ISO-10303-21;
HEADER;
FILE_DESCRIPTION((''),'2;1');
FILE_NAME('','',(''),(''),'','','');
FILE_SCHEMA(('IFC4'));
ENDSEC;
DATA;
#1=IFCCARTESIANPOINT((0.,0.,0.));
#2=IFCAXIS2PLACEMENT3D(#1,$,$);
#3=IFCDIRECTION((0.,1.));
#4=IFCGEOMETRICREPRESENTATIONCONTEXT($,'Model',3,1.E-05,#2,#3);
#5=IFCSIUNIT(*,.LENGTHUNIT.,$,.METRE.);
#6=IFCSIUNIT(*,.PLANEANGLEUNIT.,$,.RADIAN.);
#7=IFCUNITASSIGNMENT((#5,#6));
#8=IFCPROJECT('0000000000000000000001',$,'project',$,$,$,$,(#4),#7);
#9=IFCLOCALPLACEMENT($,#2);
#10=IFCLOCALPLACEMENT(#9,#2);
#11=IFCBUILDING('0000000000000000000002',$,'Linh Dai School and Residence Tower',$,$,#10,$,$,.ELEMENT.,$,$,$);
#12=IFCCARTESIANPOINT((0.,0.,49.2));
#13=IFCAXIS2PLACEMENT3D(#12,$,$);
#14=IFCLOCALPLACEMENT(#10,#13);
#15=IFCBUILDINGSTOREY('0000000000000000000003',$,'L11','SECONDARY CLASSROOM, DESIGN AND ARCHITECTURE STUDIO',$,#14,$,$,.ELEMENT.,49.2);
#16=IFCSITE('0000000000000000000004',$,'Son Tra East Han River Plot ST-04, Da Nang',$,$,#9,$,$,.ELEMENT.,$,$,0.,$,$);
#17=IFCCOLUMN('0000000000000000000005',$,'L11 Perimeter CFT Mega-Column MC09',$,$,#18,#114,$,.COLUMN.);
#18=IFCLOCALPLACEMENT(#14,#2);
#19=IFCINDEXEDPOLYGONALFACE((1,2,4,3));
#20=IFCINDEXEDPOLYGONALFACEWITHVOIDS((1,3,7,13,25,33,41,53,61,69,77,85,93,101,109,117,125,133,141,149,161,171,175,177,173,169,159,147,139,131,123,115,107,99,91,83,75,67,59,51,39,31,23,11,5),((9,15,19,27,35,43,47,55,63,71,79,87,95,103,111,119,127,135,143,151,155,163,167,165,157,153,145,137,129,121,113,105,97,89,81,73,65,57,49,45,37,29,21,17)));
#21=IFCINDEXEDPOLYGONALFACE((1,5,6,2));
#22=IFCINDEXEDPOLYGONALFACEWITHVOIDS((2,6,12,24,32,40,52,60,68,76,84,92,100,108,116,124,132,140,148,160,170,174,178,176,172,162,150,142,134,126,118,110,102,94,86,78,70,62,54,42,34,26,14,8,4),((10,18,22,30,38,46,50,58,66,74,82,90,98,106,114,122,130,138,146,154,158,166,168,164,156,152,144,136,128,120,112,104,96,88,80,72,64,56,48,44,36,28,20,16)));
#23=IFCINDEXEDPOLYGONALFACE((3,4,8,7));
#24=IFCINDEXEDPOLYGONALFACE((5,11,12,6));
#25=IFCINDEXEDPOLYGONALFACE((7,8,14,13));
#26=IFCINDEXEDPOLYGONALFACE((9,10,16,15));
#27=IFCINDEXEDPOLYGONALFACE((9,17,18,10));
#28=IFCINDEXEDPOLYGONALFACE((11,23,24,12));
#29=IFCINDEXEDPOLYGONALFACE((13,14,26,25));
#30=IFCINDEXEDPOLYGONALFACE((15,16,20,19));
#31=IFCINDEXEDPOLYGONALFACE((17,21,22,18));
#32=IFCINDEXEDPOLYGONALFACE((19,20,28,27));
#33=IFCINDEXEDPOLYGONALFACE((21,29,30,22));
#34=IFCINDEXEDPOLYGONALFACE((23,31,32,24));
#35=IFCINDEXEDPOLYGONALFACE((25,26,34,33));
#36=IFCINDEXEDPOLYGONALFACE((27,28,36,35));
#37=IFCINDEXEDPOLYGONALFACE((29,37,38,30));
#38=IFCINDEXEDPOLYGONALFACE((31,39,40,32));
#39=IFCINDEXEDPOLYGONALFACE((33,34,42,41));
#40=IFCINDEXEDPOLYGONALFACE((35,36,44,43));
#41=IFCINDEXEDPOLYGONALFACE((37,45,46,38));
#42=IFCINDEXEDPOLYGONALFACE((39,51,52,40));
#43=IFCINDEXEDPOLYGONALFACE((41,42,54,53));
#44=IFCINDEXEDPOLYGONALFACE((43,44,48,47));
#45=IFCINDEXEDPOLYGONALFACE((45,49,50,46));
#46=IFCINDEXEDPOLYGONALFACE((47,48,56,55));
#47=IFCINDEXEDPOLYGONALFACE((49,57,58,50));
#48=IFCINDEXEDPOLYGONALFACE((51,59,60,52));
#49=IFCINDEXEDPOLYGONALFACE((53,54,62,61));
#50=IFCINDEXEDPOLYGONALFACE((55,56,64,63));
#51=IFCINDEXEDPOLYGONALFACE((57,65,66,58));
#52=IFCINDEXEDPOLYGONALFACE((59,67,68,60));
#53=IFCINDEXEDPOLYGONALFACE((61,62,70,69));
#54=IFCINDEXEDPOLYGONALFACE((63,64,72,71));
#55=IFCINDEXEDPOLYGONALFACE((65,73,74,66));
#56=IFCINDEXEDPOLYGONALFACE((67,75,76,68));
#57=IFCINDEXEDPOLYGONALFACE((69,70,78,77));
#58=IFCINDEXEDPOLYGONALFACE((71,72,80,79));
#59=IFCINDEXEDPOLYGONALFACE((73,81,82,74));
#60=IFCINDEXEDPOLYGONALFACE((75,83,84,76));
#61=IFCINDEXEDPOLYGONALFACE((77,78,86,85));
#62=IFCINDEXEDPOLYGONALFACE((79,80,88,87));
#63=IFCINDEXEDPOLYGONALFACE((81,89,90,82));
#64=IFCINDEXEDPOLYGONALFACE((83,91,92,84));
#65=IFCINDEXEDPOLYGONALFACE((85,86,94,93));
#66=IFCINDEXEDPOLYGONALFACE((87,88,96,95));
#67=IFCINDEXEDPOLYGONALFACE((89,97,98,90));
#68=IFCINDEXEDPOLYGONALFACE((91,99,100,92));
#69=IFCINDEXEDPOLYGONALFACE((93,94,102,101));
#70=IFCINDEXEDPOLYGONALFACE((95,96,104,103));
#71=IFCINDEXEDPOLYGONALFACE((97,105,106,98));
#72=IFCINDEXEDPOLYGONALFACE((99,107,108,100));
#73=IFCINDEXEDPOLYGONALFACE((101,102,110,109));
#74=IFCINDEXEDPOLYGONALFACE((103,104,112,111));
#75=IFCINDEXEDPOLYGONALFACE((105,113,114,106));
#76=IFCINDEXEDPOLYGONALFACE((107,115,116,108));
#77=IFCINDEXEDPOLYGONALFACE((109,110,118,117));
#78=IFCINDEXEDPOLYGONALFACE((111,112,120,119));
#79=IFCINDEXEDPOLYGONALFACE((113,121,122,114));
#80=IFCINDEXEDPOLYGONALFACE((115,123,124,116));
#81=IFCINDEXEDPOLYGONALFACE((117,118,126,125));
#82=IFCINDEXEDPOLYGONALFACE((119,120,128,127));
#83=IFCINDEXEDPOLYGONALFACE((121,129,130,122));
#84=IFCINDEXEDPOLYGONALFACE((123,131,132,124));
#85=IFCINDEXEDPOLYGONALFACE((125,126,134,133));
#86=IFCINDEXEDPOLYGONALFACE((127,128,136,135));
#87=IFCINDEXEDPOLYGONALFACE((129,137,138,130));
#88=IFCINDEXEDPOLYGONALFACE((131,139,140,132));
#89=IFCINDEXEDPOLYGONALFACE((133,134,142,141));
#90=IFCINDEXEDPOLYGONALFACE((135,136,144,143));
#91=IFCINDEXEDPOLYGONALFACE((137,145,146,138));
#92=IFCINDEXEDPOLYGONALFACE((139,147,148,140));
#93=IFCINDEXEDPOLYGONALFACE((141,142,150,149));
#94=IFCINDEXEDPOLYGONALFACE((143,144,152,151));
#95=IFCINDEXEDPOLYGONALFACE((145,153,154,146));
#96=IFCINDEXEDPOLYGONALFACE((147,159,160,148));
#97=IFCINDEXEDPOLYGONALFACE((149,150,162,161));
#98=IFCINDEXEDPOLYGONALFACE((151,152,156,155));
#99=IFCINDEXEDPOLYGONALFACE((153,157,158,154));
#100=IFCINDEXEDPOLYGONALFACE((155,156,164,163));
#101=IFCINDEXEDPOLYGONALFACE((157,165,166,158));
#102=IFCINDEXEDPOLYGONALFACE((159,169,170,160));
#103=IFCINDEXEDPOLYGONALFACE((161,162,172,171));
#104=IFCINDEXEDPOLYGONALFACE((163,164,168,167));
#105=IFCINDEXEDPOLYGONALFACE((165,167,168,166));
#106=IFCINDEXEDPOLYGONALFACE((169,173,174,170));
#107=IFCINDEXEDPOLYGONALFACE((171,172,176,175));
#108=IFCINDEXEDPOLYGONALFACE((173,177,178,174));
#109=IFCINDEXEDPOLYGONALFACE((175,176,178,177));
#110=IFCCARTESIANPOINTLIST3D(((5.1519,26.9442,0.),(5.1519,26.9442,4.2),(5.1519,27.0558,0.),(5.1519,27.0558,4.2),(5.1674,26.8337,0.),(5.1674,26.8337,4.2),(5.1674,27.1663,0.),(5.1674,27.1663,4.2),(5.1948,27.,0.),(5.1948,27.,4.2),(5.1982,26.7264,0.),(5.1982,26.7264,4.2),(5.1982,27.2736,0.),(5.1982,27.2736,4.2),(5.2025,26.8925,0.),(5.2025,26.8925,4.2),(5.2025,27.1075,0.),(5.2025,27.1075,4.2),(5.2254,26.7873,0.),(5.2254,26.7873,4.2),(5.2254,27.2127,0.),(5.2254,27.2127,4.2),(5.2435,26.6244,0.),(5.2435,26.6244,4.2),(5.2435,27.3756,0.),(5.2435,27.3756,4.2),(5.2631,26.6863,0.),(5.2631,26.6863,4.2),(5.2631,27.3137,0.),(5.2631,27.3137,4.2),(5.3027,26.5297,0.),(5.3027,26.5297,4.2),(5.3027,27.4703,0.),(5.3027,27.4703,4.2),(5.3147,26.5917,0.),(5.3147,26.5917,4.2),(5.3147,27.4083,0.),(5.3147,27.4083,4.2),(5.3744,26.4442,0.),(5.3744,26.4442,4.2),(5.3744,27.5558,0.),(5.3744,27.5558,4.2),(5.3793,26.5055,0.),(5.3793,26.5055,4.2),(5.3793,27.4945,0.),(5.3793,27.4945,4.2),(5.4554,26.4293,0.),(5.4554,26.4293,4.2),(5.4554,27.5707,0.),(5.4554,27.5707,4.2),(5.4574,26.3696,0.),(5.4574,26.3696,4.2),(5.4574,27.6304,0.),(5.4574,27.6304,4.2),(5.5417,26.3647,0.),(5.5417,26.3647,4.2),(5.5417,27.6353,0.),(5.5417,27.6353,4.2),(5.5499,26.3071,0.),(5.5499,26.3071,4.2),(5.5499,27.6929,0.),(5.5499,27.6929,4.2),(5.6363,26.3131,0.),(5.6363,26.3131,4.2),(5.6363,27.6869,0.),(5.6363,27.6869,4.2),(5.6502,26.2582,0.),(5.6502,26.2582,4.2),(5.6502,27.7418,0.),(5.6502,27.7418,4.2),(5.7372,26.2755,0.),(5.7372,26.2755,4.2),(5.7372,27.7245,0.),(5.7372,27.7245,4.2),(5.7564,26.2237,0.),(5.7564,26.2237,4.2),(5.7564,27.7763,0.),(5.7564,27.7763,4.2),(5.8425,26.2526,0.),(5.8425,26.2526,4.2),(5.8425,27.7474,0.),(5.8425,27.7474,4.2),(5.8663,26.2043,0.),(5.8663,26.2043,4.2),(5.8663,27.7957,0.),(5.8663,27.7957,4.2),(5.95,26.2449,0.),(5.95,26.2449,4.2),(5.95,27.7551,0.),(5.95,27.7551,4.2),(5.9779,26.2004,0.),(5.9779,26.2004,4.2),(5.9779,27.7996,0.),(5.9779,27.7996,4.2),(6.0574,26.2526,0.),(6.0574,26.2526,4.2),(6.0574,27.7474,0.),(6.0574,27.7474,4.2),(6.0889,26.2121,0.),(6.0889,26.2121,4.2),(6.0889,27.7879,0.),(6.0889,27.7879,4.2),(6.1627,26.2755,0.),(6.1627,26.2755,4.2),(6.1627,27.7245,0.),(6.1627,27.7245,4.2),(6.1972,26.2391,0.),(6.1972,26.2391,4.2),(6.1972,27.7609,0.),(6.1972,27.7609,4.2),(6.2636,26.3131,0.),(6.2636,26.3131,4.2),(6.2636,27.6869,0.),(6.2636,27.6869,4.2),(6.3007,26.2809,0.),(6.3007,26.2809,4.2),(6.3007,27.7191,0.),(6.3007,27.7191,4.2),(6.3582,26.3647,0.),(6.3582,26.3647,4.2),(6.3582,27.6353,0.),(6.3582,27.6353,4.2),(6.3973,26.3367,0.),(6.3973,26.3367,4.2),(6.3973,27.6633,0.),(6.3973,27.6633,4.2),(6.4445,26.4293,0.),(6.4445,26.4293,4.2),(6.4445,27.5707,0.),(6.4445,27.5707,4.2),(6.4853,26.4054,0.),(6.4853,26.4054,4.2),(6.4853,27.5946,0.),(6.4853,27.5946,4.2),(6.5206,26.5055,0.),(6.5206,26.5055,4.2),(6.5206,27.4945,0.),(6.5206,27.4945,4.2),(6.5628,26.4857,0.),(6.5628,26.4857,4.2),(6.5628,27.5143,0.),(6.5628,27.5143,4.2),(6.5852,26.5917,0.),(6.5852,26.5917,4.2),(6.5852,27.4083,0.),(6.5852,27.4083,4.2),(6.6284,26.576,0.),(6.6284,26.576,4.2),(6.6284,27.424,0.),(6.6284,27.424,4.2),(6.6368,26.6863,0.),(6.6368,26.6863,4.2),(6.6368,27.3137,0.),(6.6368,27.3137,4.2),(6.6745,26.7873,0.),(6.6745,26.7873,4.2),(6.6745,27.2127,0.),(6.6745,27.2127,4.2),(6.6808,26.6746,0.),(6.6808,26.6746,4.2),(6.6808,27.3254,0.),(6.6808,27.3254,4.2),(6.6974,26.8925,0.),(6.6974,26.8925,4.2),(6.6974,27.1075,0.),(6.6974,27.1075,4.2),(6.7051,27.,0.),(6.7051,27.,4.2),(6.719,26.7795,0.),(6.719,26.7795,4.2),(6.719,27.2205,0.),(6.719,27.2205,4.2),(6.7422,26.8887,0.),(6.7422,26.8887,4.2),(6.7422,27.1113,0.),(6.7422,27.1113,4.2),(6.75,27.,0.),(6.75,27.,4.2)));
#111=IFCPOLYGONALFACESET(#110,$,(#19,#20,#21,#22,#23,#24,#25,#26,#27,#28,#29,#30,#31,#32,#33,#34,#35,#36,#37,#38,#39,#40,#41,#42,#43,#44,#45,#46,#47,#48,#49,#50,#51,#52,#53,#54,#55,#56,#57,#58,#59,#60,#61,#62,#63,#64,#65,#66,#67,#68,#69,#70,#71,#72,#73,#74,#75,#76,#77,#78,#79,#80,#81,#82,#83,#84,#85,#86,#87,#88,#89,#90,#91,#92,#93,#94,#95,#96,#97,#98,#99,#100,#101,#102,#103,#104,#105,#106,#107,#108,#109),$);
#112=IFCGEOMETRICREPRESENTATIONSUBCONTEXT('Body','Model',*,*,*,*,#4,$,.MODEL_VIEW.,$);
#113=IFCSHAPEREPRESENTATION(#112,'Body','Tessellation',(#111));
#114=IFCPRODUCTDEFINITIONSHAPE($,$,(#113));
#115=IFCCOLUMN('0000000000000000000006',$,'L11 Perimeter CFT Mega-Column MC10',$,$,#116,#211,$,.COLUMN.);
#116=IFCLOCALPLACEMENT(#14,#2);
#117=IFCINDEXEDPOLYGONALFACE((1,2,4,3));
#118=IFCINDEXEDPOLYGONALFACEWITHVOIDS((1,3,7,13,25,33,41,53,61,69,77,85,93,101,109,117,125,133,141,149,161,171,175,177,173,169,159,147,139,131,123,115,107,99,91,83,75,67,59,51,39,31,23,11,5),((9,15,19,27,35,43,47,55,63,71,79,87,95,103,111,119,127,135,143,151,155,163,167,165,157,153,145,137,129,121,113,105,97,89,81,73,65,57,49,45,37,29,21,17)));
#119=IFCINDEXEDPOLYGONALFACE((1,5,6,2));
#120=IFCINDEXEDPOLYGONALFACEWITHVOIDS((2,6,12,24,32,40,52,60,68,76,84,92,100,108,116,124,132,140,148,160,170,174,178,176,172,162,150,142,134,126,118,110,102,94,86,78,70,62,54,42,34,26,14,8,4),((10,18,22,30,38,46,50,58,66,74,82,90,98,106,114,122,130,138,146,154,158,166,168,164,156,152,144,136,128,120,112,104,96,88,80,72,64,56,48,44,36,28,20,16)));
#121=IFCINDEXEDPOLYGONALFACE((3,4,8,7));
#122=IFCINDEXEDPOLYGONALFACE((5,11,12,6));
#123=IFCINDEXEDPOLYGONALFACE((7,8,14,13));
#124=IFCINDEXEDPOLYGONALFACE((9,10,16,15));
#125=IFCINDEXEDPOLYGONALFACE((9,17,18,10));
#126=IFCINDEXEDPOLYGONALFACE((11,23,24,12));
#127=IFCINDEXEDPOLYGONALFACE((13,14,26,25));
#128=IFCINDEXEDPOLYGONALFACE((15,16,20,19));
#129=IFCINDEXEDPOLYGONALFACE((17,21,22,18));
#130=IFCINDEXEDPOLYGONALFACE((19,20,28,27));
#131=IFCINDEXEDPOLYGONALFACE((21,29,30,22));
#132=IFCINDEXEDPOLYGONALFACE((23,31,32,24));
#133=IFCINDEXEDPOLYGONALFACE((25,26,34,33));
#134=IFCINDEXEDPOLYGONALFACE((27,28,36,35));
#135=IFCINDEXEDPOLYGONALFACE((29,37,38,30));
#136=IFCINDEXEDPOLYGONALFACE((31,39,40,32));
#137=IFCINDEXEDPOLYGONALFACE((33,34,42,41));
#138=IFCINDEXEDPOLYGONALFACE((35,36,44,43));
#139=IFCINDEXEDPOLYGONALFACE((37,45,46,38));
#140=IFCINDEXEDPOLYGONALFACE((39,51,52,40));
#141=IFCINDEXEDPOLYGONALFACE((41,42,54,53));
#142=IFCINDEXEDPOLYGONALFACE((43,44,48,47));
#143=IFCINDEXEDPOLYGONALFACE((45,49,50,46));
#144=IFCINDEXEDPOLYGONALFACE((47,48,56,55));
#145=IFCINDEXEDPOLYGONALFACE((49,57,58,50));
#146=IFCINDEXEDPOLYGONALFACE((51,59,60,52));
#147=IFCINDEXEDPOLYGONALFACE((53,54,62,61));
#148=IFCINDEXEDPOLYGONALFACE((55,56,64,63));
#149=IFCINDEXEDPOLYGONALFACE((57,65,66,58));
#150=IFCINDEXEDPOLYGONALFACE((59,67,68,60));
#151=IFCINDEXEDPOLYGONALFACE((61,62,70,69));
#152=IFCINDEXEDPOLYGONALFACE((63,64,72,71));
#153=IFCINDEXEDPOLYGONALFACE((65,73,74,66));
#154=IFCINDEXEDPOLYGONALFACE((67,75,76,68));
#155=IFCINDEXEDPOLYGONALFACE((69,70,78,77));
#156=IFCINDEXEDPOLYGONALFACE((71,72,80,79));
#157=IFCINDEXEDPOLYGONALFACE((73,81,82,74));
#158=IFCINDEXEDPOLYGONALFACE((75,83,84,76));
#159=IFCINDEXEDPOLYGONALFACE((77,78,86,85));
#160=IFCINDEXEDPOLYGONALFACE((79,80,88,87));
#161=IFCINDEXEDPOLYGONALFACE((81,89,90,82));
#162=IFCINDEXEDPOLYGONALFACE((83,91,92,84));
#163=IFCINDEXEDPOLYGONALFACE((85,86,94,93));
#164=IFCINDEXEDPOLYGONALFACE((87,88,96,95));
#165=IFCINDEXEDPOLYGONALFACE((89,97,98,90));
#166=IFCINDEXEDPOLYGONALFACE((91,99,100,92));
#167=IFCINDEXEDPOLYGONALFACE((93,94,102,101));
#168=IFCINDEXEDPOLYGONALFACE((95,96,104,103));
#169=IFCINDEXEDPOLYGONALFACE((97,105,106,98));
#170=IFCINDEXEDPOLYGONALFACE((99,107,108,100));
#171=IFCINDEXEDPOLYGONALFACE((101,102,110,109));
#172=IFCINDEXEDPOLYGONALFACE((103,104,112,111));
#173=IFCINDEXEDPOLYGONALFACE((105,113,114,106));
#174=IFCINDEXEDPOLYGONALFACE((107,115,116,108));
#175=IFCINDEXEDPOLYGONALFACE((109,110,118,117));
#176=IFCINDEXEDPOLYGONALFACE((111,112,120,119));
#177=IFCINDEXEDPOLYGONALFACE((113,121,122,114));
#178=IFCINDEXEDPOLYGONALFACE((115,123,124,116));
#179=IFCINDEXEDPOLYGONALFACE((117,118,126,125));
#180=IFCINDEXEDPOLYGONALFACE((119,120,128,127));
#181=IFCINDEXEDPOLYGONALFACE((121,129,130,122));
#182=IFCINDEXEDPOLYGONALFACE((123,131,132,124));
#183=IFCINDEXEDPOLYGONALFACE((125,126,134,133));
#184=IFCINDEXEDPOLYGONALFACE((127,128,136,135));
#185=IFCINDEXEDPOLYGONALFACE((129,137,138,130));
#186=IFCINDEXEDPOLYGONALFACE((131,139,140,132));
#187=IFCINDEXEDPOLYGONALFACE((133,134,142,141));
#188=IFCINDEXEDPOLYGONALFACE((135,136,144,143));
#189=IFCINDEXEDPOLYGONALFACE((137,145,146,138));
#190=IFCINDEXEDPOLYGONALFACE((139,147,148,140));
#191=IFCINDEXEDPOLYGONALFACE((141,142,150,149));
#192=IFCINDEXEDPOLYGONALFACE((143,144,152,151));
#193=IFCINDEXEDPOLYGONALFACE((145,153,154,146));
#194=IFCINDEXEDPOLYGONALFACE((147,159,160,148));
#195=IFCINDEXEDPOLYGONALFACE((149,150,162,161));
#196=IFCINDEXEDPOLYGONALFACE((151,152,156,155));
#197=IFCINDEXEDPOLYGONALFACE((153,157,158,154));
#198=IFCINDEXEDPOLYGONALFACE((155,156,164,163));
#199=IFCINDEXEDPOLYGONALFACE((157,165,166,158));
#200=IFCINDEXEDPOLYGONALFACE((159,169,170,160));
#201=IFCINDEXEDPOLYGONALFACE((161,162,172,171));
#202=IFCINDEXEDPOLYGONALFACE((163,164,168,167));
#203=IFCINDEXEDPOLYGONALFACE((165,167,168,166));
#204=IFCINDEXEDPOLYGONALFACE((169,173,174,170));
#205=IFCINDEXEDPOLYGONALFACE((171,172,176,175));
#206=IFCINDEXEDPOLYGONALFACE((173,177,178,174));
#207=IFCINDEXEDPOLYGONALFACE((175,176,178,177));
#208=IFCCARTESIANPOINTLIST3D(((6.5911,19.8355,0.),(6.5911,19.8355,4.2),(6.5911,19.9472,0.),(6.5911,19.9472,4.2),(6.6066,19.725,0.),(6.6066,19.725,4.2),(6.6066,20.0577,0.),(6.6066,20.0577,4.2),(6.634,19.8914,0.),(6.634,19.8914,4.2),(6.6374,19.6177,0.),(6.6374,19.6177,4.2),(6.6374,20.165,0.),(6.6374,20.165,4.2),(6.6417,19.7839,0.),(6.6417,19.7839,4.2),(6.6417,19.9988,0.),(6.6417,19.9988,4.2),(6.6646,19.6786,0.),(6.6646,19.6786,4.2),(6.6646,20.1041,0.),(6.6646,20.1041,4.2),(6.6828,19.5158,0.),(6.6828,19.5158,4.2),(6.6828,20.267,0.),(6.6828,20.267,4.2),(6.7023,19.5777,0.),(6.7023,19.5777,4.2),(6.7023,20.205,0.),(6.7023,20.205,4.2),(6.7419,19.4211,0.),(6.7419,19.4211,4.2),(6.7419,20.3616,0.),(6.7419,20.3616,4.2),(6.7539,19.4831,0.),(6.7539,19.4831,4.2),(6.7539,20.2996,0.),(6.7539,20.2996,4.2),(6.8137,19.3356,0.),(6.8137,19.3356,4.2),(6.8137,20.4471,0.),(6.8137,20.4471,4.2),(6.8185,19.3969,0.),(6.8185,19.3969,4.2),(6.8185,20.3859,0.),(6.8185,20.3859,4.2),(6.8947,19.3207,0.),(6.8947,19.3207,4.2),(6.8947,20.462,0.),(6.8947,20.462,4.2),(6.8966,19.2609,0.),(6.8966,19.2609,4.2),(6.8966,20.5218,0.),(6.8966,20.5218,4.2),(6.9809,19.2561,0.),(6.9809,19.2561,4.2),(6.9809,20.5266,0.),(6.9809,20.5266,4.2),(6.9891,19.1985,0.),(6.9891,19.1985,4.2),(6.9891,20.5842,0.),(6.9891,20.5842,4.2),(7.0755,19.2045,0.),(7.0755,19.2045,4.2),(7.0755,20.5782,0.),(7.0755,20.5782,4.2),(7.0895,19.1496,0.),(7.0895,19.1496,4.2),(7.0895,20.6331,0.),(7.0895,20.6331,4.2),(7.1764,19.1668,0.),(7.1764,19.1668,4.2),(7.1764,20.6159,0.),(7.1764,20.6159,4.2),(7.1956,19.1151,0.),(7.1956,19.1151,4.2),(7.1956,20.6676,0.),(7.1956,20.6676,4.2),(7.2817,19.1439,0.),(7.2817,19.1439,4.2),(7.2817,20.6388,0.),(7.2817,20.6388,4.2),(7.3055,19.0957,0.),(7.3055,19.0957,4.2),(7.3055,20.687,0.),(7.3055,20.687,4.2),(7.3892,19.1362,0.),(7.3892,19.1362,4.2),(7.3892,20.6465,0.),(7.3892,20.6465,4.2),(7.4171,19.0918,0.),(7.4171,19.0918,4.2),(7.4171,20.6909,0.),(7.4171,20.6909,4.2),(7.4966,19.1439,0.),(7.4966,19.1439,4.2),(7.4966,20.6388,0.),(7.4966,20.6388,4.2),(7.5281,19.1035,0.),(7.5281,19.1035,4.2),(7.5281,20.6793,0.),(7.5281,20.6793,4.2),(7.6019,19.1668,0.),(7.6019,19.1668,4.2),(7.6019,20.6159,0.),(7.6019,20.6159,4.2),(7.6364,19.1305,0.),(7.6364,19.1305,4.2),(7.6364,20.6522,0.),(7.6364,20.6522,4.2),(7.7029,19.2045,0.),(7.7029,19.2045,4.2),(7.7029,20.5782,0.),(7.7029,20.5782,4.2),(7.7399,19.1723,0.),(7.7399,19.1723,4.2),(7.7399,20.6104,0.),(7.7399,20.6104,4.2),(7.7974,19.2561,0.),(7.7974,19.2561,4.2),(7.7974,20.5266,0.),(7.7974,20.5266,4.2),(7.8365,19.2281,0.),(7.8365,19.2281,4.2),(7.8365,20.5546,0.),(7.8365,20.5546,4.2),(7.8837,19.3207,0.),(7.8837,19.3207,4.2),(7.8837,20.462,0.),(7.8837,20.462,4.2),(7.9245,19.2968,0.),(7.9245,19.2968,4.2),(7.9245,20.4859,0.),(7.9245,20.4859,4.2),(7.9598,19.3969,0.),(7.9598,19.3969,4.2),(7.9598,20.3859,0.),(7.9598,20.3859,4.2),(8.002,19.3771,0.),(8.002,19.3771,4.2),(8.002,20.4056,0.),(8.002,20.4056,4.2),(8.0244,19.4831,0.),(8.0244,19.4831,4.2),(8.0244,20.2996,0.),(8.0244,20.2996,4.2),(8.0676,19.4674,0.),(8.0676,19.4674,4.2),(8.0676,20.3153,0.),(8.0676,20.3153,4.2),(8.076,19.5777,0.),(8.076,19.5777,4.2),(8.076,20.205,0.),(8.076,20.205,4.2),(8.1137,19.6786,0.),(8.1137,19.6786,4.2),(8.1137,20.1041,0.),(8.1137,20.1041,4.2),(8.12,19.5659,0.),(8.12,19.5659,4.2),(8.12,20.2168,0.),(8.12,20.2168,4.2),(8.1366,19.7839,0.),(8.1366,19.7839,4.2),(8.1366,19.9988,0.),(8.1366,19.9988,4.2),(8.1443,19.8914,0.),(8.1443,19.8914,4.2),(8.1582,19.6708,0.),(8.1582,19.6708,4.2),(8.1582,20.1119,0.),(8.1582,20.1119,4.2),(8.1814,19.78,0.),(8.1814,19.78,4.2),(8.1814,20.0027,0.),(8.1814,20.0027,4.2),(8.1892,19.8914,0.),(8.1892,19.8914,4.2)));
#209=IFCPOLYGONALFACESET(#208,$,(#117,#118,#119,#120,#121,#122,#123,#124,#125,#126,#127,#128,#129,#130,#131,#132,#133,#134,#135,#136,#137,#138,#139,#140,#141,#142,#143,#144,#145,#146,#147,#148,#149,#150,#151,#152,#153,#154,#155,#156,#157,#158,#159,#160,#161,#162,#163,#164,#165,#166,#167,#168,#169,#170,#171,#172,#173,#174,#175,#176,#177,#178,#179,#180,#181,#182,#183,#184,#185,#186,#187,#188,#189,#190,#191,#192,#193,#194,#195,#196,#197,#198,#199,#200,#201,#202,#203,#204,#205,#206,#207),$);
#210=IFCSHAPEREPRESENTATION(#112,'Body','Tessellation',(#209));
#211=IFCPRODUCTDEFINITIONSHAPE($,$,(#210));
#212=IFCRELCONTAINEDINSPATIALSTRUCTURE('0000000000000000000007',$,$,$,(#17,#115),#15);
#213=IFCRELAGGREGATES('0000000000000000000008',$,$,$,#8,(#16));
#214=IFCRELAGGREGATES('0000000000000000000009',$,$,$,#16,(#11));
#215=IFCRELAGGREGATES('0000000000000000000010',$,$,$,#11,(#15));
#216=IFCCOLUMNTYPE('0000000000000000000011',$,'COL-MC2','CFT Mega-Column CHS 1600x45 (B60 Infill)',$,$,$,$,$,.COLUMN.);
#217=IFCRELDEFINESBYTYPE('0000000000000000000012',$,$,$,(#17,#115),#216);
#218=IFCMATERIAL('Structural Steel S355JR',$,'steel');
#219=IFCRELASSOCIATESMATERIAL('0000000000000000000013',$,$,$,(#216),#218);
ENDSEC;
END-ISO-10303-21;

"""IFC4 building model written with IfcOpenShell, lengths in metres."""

from ifc_helpers import new_model, si_unit, direction, frame, origin, origin_2d, place, context, subcontext, project, spatial, hollow_circle, extrude, material, material_profile, profile_set, type_object, element, save


model = new_model("IFC4")

# Units and contexts
model_context = context("Model", 3, precision=1e-05, world=origin(), true_north=direction((0.0, 1.0)))
body_context = subcontext(model_context, "Body", "Model", "MODEL_VIEW")
ifc_project = project(units=[si_unit("LENGTHUNIT", "METRE"), si_unit("PLANEANGLEUNIT", "RADIAN")], contexts=[model_context])

# Site, building, storey
site_placement = place(None, origin())
site = spatial("IfcSite", under=ifc_project, at=site_placement, Name="Son Tra East Han River Plot ST-04, Da Nang", CompositionType="ELEMENT", RefElevation=0.0)
building_placement = place(site_placement, origin())
building = spatial("IfcBuilding", under=site, at=building_placement, Name="Linh Dai School and Residence Tower", CompositionType="ELEMENT")
storey_placement = place(building_placement, frame((0.0, 0.0, 49.2)))
storey = spatial("IfcBuildingStorey", under=building, at=storey_placement, Name="L11", Description="SECONDARY CLASSROOM, DESIGN AND ARCHITECTURE STUDIO", CompositionType="ELEMENT", Elevation=49.2)

# Columns
ifc_material_1 = material(Name="Structural Steel S355JR", Category="steel")
ifc_material_profile_1 = material_profile(ifc_material_1, hollow_circle(Radius=0.8, WallThickness=0.0449, at=origin_2d()), Name="CHS 1600x45")
ifc_profile_set_1 = profile_set([ifc_material_profile_1], Name="Structural Steel S355JR")
column_type = type_object("IfcColumnType", Name="COL-MC2", Description="CFT Mega-Column CHS 1600x45 (B60 Infill)", PredefinedType="COLUMN", material=ifc_profile_set_1)
for number, where, z_axis, x_axis, name in (
    (1, (5.95, 27.0, 0.0), (0.0, 0.0, 1.0), (1.0, 0.0, 0.0), "L11 Perimeter CFT Mega-Column MC09"),
    (2, (7.3892, 19.8914, 0.0), (0.0, 0.0, 1.0), (1.0, 0.0, 0.0), "L11 Perimeter CFT Mega-Column MC10"),
):
    element("IfcColumn", number, at=place(storey_placement, frame(where, z_axis=z_axis, x_axis=x_axis)), inside=storey, type_object=column_type, Name=name, PredefinedType="COLUMN", context=body_context, shape_type="SweptSolid", body=[
        extrude(hollow_circle(Radius=0.8, WallThickness=0.0449, at=origin_2d()), origin(), (0.0, 0.0, 1.0), 4.2),
    ])

save(model, "model.ifc")
